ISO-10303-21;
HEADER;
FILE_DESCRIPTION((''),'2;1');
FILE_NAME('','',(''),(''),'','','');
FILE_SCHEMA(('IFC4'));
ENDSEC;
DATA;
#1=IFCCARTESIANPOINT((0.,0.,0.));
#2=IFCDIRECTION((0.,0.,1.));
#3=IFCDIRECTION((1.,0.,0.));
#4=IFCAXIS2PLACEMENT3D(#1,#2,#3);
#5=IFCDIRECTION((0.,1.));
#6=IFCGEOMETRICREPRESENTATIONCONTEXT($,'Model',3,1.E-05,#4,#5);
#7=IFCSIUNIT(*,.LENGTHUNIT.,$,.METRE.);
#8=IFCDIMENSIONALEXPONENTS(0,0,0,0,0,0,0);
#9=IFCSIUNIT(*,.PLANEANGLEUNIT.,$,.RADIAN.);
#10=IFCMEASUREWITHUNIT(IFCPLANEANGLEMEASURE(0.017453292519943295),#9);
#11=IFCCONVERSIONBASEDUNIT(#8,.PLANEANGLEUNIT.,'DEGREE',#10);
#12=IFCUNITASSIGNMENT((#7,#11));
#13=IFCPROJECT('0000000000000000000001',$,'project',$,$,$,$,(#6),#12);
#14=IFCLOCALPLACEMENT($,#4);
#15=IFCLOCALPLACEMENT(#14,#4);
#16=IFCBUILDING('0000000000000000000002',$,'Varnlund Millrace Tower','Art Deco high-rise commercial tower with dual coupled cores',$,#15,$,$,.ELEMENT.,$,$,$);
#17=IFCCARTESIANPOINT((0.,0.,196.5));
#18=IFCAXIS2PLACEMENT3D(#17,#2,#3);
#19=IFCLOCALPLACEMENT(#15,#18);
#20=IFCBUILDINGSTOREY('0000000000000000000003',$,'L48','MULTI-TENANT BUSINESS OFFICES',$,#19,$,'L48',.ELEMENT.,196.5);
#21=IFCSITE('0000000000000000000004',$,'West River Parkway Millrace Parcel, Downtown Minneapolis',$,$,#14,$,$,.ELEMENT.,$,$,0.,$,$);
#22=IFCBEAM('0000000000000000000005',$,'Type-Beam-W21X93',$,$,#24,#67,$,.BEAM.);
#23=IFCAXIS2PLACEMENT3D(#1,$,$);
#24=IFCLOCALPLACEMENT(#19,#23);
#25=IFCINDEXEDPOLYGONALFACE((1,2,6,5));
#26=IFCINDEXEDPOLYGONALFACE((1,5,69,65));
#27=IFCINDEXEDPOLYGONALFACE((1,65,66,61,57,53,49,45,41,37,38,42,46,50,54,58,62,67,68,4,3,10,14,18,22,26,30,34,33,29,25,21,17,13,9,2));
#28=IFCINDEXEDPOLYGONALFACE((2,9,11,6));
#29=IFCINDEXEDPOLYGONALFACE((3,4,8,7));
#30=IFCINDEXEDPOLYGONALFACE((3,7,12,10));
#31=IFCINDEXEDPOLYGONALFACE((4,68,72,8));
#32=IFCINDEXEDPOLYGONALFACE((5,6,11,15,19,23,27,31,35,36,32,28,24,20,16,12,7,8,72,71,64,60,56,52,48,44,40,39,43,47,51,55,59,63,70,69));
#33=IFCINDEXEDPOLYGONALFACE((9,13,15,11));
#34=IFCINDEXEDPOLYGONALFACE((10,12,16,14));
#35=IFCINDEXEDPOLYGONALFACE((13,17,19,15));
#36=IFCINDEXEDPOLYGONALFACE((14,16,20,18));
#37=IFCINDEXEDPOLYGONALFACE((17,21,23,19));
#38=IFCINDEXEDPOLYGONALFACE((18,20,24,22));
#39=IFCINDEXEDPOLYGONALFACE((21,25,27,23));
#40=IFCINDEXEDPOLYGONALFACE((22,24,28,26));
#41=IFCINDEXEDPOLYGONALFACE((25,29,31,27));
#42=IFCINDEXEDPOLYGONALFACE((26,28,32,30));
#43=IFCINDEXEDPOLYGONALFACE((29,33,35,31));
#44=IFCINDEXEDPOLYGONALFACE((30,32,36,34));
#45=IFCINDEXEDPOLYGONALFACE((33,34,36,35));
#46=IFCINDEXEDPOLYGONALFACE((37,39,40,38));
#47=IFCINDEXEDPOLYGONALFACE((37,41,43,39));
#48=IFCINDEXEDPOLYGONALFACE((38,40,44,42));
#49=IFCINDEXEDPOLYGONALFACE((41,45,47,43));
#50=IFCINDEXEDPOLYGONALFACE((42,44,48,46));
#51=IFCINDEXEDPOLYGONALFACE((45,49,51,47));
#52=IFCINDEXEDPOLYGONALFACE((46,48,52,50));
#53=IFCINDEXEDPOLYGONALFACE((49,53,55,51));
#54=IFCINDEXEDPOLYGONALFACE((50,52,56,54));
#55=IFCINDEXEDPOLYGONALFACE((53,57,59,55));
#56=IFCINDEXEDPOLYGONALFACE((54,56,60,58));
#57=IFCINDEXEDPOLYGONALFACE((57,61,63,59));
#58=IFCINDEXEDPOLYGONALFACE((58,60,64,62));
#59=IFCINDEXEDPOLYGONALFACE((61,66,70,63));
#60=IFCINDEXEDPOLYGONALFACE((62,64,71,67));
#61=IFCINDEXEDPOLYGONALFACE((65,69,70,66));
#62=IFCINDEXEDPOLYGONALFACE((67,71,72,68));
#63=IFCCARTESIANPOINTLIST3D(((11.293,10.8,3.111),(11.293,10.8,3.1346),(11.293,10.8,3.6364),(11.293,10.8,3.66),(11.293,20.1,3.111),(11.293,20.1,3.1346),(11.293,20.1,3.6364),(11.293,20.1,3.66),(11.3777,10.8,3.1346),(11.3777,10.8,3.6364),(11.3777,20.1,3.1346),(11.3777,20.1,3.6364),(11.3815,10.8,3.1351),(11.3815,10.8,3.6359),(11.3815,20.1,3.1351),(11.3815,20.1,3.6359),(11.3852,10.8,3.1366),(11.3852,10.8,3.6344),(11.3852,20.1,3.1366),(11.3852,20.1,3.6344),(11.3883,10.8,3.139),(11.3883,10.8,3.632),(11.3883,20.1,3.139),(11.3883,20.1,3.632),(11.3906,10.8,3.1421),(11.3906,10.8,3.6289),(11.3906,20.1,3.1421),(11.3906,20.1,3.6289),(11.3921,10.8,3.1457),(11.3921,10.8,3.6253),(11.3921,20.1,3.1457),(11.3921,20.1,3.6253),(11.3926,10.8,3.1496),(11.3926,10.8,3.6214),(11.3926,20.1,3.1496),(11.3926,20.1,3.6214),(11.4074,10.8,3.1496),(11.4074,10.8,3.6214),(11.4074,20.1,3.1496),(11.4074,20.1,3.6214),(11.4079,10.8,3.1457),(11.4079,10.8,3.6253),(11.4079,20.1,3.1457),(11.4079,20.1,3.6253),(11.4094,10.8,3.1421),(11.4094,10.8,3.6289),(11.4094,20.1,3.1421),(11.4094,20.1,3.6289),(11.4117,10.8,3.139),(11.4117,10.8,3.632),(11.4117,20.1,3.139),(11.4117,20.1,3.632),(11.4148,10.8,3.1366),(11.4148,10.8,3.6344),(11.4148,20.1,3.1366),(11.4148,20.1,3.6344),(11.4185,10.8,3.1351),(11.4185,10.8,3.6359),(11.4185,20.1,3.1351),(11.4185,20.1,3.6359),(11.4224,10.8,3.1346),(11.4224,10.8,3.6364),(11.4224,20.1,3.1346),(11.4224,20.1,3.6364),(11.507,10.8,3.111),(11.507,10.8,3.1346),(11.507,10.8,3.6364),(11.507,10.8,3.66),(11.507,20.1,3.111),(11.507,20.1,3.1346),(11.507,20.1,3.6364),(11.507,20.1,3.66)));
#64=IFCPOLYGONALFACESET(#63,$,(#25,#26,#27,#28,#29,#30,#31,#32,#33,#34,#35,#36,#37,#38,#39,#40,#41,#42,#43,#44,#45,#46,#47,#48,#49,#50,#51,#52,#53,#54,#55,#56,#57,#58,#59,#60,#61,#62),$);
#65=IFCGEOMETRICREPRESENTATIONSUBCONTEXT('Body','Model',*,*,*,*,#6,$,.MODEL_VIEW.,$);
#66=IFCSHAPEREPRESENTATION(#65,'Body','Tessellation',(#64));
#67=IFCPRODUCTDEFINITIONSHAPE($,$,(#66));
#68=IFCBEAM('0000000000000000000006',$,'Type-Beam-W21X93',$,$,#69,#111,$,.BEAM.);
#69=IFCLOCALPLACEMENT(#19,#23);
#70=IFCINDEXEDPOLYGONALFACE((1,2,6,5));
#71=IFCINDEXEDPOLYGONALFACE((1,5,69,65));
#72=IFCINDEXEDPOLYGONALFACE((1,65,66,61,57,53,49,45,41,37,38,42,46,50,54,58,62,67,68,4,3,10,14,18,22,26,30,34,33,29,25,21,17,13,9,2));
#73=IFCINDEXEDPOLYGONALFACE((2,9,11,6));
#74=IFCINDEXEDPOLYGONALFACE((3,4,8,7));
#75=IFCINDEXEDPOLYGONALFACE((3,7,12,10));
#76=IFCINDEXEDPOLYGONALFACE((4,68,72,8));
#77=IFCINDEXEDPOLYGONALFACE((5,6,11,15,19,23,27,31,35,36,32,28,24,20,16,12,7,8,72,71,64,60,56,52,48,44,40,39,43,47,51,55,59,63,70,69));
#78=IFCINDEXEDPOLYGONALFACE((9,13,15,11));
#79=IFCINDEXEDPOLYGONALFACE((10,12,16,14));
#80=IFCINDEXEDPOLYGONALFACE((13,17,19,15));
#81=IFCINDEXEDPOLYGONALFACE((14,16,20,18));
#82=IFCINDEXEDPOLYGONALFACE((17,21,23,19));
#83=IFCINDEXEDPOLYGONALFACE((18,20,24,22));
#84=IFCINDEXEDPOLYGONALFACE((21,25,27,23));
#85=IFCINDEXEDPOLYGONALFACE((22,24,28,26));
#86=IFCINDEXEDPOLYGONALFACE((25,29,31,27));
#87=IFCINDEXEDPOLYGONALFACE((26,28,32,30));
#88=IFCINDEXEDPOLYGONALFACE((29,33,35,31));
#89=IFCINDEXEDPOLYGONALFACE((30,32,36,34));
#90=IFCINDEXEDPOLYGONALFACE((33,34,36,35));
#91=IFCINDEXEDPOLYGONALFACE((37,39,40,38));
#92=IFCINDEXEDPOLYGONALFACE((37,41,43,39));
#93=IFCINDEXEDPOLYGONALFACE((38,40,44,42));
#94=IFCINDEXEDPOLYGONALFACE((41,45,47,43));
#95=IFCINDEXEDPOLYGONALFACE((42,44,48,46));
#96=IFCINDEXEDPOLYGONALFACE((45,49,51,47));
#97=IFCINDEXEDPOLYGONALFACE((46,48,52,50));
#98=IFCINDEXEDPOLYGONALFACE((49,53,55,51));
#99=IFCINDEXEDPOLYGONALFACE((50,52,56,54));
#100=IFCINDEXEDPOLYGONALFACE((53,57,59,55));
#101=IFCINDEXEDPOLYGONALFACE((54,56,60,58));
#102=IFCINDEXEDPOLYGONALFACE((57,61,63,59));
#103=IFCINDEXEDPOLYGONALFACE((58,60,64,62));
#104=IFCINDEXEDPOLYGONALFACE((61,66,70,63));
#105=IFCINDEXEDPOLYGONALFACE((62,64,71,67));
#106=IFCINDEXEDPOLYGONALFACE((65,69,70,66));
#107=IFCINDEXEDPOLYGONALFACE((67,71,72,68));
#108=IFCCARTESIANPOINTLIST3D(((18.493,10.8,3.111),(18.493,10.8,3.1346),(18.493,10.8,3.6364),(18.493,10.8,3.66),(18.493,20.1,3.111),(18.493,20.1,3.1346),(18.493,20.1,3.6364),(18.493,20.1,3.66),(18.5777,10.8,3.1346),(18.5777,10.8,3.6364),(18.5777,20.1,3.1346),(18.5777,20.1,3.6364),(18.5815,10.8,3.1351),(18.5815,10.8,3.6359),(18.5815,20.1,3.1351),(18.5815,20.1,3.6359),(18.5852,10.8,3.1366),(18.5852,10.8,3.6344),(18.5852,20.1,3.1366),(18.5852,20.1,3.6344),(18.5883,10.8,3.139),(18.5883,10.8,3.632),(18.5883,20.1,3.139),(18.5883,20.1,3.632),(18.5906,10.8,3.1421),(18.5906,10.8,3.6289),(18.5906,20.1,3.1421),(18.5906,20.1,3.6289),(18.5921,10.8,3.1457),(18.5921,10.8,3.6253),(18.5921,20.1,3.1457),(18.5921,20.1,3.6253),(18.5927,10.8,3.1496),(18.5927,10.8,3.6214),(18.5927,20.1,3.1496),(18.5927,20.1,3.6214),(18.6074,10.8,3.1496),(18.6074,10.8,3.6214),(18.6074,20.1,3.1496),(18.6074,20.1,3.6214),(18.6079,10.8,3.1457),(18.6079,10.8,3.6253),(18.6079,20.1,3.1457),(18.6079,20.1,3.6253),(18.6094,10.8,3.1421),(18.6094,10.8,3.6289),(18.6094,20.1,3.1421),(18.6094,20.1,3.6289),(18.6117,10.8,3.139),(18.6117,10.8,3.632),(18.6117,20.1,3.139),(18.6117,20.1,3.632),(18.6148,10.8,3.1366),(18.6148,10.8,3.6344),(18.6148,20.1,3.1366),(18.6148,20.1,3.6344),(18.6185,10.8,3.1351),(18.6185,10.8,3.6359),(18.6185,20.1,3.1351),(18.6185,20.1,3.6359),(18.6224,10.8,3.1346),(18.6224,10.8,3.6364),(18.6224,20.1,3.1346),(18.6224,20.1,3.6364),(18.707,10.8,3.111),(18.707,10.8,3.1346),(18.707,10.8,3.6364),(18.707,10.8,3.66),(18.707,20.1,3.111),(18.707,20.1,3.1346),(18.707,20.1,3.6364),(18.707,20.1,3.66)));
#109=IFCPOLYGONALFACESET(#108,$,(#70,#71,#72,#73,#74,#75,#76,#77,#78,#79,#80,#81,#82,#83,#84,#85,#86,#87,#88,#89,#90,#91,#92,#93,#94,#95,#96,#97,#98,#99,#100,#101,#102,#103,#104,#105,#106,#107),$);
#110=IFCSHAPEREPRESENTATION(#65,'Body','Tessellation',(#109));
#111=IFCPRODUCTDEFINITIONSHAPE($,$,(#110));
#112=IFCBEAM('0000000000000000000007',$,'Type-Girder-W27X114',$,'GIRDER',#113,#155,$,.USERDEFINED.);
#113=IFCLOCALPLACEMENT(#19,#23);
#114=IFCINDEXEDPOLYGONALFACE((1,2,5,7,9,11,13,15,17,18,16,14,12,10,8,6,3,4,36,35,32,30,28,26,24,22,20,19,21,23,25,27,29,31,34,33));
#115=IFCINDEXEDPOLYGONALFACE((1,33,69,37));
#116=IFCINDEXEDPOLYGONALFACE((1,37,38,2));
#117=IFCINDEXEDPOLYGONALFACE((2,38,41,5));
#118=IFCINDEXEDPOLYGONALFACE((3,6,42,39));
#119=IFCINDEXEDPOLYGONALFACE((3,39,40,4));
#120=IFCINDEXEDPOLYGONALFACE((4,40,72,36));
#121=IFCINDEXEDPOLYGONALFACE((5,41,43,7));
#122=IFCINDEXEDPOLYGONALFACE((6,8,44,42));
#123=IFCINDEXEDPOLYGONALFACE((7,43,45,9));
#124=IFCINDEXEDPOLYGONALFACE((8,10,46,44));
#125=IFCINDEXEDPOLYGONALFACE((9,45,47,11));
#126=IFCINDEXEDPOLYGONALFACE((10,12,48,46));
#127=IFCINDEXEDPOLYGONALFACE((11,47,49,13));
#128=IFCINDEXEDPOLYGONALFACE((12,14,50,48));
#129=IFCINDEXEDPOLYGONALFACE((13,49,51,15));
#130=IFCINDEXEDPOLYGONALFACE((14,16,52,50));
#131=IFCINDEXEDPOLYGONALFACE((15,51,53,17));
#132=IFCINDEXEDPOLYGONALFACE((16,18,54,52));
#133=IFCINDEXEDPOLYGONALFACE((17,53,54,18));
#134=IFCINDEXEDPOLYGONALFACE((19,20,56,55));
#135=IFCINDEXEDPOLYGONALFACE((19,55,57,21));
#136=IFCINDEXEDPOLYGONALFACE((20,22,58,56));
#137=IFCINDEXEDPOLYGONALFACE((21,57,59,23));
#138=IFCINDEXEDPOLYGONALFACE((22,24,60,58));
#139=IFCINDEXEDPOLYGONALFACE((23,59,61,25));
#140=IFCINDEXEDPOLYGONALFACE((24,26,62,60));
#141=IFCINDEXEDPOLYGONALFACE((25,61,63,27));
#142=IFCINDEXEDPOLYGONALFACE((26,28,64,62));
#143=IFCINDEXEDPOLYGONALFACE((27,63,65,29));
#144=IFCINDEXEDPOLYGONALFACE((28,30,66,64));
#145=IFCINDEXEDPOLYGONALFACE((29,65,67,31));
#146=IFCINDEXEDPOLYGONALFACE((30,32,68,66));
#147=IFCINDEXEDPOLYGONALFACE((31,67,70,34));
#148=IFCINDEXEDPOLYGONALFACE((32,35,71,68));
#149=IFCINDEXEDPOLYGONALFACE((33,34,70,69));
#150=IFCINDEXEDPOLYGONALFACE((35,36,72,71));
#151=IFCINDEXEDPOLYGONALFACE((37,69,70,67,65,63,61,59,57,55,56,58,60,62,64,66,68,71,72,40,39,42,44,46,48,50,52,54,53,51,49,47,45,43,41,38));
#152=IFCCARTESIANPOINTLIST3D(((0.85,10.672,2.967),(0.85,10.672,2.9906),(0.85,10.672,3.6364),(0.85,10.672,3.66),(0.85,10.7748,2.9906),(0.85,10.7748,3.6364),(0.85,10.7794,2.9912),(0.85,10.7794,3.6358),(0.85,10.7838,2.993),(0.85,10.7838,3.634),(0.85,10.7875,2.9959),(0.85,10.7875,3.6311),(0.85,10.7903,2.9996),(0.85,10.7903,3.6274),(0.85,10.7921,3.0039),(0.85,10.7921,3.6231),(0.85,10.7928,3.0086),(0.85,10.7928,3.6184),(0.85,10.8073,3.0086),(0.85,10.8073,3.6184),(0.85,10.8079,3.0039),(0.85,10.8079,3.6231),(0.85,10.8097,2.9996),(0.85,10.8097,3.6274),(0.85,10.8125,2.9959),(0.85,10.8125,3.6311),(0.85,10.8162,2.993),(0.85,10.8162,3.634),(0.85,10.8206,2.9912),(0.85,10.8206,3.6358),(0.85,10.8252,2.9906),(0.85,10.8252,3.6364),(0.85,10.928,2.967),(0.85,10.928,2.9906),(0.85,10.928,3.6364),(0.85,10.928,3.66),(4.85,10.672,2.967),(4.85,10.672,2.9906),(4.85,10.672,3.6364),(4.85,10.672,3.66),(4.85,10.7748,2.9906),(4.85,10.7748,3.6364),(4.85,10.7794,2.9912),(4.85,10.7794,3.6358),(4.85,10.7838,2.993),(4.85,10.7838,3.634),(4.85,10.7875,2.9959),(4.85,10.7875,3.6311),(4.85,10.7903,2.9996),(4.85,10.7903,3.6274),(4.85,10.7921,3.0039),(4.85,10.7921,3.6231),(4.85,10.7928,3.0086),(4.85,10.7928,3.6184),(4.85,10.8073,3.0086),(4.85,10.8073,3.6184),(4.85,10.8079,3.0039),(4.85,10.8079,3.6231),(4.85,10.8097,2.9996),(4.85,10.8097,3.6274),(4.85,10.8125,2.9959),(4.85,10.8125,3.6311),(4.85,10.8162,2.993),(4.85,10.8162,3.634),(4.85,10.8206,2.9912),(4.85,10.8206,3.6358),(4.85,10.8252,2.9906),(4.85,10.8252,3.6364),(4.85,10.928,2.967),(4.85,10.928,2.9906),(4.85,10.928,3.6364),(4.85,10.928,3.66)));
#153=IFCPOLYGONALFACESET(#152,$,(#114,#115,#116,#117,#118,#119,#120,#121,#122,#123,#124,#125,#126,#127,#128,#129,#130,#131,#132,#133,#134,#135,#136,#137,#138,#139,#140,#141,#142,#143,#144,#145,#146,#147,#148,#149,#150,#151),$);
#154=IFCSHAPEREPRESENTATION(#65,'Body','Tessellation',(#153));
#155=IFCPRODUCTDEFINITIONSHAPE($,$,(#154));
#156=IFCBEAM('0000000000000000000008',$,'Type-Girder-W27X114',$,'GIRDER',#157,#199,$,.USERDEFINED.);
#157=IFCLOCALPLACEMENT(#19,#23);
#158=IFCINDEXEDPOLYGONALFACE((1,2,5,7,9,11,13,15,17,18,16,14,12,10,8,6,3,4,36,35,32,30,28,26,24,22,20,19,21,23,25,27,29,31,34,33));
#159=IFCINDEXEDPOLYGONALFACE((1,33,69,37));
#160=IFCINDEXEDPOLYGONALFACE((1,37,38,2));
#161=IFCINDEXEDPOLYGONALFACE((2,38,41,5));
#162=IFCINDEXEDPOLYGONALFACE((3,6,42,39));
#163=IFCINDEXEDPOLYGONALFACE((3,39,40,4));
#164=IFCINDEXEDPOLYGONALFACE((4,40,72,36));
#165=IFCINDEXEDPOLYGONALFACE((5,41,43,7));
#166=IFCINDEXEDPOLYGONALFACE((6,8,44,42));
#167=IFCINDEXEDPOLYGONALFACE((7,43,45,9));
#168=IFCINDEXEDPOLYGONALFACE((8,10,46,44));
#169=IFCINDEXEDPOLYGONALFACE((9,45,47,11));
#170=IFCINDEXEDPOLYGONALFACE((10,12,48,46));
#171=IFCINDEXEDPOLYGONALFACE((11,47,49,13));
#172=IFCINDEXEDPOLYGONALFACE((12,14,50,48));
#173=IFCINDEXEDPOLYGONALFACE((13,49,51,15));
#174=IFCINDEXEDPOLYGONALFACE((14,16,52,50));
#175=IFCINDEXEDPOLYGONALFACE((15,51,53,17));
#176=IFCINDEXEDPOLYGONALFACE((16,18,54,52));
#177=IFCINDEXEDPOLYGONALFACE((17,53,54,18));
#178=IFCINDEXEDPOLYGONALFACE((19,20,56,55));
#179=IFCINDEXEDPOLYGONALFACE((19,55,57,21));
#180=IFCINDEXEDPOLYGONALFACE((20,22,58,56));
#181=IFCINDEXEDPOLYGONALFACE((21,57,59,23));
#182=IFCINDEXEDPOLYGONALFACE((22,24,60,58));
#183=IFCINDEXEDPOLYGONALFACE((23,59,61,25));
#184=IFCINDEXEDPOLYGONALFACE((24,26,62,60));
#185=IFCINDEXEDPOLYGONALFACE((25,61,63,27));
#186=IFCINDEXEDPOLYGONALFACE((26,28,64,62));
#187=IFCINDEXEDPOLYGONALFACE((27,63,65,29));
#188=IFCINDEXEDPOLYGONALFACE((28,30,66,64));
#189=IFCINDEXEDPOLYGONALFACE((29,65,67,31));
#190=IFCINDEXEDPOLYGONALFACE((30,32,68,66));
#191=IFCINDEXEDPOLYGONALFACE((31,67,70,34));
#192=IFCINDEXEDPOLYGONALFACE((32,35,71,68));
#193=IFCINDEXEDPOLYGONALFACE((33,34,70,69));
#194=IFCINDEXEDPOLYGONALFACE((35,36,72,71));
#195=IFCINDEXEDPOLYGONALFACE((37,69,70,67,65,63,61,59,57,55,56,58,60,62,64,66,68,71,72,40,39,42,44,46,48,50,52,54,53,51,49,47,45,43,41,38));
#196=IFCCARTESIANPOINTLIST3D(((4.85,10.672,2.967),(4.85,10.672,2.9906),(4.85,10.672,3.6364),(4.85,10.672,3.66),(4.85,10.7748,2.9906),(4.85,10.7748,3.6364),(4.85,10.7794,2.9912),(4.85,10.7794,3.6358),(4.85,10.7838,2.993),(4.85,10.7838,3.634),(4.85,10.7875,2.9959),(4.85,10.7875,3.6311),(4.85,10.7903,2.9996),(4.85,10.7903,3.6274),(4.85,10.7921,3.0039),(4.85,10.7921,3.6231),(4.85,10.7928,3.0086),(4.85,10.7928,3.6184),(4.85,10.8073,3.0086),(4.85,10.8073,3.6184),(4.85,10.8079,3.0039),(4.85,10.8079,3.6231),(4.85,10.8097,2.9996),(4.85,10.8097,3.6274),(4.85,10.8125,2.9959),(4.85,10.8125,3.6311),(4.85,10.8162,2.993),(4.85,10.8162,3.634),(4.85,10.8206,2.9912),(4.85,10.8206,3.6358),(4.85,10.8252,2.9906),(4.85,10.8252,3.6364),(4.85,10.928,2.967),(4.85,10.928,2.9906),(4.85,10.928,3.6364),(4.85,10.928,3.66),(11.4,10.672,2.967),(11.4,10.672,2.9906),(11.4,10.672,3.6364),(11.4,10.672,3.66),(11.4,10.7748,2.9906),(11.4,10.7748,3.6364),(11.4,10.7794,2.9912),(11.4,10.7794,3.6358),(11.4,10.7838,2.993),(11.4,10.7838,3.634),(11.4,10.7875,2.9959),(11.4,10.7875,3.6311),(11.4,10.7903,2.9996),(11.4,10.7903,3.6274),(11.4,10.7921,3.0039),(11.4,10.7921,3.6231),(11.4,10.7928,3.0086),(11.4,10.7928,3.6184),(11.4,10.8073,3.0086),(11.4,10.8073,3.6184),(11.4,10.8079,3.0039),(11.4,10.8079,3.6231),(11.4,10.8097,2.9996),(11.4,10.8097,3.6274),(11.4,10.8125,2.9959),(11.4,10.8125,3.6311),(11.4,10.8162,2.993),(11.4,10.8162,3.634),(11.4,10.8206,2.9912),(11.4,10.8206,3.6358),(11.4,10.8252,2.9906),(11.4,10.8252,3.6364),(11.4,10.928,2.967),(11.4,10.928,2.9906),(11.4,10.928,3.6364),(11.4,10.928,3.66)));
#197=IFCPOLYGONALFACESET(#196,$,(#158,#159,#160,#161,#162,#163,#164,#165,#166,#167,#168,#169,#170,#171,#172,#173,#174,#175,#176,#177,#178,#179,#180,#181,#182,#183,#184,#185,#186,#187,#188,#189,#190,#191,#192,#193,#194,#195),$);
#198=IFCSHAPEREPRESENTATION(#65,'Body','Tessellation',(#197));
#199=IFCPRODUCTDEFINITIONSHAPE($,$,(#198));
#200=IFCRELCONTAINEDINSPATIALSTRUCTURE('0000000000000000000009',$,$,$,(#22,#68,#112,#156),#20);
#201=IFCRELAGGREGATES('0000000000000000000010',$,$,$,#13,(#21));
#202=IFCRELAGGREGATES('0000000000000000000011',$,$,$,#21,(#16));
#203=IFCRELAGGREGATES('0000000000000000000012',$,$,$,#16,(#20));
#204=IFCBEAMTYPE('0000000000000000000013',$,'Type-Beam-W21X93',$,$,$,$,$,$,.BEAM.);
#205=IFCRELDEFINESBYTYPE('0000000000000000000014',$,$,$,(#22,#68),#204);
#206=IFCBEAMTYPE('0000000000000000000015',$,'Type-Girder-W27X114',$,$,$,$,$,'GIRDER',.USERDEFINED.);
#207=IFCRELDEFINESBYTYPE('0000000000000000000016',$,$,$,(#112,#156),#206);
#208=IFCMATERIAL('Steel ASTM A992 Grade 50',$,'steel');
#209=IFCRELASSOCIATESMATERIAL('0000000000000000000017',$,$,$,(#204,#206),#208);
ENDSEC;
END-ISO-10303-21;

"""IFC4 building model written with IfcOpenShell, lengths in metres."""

from ifc_helpers import new_model, entity, si_unit, converted_unit, direction, frame, origin_with_axes, origin_2d_with_axis, place, context, subcontext, project, spatial, i_section, extrude, material, material_profile, profile_set, type_object, element, save


model = new_model("IFC4")

# Units and contexts
model_context = context("Model", 3, precision=1e-05, world=origin_with_axes(), true_north=direction((0.0, 1.0)))
body_context = subcontext(model_context, "Body", "Model", "MODEL_VIEW")
ifc_project = project(units=[si_unit("LENGTHUNIT", "METRE"), converted_unit("PLANEANGLEUNIT", "DEGREE", entity("IfcPlaneAngleMeasure", 0.017453292519943295), si_unit("PLANEANGLEUNIT", "RADIAN"), dimensions=[0, 0, 0, 0, 0, 0, 0])], contexts=[model_context])

# Site, building, storey
site_placement = place(None, origin_with_axes())
site = spatial("IfcSite", under=ifc_project, at=site_placement, Name="West River Parkway Millrace Parcel, Downtown Minneapolis", CompositionType="ELEMENT", RefElevation=0.0)
building_placement = place(site_placement, origin_with_axes())
building = spatial("IfcBuilding", under=site, at=building_placement, Name="Varnlund Millrace Tower", Description="Art Deco high-rise commercial tower with dual coupled cores", CompositionType="ELEMENT")
storey_placement = place(building_placement, frame((0.0, 0.0, 196.5), z_axis=(0.0, 0.0, 1.0), x_axis=(1.0, 0.0, 0.0)))
storey = spatial("IfcBuildingStorey", under=building, at=storey_placement, Name="L48", Description="MULTI-TENANT BUSINESS OFFICES", LongName="L48", CompositionType="ELEMENT", Elevation=196.5)

# Beams
ifc_material_1 = material(Name="Steel ASTM A992 Grade 50", Category="steel")
ifc_material_profile_1 = material_profile(ifc_material_1, i_section(OverallWidth=0.214, OverallDepth=0.549, WebThickness=0.0147, FlangeThickness=0.0236, FilletRadius=0.015, at=origin_2d_with_axis()), Name="Steel ASTM A992 Grade 50")
ifc_profile_set_1 = profile_set([ifc_material_profile_1], Name="Steel ASTM A992 Grade 50")
beam_type_1 = type_object("IfcBeamType", Name="Type-Beam-W21X93", PredefinedType="BEAM", material=ifc_profile_set_1)
for number, where, z_axis, x_axis, name in (
    (1, (11.4, 10.8, 3.3855), (0.0, 1.0, 0.0), (-1.0, 0.0, 0.0), "Type-Beam-W21X93"),
    (2, (18.6, 10.8, 3.3855), (0.0, 1.0, 0.0), (-1.0, 0.0, 0.0), "Type-Beam-W21X93"),
):
    element("IfcBeam", number, at=place(storey_placement, frame(where, z_axis=z_axis, x_axis=x_axis)), inside=storey, type_object=beam_type_1, Name=name, PredefinedType="BEAM", context=body_context, shape_type="SweptSolid", body=[
        extrude(i_section(OverallWidth=0.214, OverallDepth=0.549, WebThickness=0.0147, FlangeThickness=0.0236, FilletRadius=0.015, at=origin_2d_with_axis()), origin_with_axes(), (0.0, 0.0, 1.0), 9.3),
    ])
ifc_material_profile_2 = material_profile(ifc_material_1, i_section(OverallWidth=0.256, OverallDepth=0.693, WebThickness=0.0145, FlangeThickness=0.0236, FilletRadius=0.018, at=origin_2d_with_axis()), Name="Steel ASTM A992 Grade 50")
ifc_profile_set_2 = profile_set([ifc_material_profile_2], Name="Steel ASTM A992 Grade 50")
beam_type_2 = type_object("IfcBeamType", Name="Type-Girder-W27X114", ElementType="GIRDER", PredefinedType="USERDEFINED", material=ifc_profile_set_2)
beam_1_placement = place(storey_placement, frame((0.85, 10.8, 3.3135), z_axis=(1.0, 0.0, 0.0), x_axis=(0.0, 1.0, 0.0)))
element("IfcBeam", 3, at=beam_1_placement, inside=storey, type_object=beam_type_2, Name="Type-Girder-W27X114", ObjectType="GIRDER", PredefinedType="USERDEFINED", context=body_context, shape_type="SweptSolid", body=[
    extrude(i_section(OverallWidth=0.256, OverallDepth=0.693, WebThickness=0.0145, FlangeThickness=0.0236, FilletRadius=0.018, at=origin_2d_with_axis()), origin_with_axes(), (0.0, 0.0, 1.0), 4.0),
])
beam_2_placement = place(storey_placement, frame((4.85, 10.8, 3.3135), z_axis=(1.0, 0.0, 0.0), x_axis=(0.0, 1.0, 0.0)))
element("IfcBeam", 4, at=beam_2_placement, inside=storey, type_object=beam_type_2, Name="Type-Girder-W27X114", ObjectType="GIRDER", PredefinedType="USERDEFINED", context=body_context, shape_type="SweptSolid", body=[
    extrude(i_section(OverallWidth=0.256, OverallDepth=0.693, WebThickness=0.0145, FlangeThickness=0.0236, FilletRadius=0.018, at=origin_2d_with_axis()), origin_with_axes(), (0.0, 0.0, 1.0), 6.55),
])

save(model, "model.ifc")
